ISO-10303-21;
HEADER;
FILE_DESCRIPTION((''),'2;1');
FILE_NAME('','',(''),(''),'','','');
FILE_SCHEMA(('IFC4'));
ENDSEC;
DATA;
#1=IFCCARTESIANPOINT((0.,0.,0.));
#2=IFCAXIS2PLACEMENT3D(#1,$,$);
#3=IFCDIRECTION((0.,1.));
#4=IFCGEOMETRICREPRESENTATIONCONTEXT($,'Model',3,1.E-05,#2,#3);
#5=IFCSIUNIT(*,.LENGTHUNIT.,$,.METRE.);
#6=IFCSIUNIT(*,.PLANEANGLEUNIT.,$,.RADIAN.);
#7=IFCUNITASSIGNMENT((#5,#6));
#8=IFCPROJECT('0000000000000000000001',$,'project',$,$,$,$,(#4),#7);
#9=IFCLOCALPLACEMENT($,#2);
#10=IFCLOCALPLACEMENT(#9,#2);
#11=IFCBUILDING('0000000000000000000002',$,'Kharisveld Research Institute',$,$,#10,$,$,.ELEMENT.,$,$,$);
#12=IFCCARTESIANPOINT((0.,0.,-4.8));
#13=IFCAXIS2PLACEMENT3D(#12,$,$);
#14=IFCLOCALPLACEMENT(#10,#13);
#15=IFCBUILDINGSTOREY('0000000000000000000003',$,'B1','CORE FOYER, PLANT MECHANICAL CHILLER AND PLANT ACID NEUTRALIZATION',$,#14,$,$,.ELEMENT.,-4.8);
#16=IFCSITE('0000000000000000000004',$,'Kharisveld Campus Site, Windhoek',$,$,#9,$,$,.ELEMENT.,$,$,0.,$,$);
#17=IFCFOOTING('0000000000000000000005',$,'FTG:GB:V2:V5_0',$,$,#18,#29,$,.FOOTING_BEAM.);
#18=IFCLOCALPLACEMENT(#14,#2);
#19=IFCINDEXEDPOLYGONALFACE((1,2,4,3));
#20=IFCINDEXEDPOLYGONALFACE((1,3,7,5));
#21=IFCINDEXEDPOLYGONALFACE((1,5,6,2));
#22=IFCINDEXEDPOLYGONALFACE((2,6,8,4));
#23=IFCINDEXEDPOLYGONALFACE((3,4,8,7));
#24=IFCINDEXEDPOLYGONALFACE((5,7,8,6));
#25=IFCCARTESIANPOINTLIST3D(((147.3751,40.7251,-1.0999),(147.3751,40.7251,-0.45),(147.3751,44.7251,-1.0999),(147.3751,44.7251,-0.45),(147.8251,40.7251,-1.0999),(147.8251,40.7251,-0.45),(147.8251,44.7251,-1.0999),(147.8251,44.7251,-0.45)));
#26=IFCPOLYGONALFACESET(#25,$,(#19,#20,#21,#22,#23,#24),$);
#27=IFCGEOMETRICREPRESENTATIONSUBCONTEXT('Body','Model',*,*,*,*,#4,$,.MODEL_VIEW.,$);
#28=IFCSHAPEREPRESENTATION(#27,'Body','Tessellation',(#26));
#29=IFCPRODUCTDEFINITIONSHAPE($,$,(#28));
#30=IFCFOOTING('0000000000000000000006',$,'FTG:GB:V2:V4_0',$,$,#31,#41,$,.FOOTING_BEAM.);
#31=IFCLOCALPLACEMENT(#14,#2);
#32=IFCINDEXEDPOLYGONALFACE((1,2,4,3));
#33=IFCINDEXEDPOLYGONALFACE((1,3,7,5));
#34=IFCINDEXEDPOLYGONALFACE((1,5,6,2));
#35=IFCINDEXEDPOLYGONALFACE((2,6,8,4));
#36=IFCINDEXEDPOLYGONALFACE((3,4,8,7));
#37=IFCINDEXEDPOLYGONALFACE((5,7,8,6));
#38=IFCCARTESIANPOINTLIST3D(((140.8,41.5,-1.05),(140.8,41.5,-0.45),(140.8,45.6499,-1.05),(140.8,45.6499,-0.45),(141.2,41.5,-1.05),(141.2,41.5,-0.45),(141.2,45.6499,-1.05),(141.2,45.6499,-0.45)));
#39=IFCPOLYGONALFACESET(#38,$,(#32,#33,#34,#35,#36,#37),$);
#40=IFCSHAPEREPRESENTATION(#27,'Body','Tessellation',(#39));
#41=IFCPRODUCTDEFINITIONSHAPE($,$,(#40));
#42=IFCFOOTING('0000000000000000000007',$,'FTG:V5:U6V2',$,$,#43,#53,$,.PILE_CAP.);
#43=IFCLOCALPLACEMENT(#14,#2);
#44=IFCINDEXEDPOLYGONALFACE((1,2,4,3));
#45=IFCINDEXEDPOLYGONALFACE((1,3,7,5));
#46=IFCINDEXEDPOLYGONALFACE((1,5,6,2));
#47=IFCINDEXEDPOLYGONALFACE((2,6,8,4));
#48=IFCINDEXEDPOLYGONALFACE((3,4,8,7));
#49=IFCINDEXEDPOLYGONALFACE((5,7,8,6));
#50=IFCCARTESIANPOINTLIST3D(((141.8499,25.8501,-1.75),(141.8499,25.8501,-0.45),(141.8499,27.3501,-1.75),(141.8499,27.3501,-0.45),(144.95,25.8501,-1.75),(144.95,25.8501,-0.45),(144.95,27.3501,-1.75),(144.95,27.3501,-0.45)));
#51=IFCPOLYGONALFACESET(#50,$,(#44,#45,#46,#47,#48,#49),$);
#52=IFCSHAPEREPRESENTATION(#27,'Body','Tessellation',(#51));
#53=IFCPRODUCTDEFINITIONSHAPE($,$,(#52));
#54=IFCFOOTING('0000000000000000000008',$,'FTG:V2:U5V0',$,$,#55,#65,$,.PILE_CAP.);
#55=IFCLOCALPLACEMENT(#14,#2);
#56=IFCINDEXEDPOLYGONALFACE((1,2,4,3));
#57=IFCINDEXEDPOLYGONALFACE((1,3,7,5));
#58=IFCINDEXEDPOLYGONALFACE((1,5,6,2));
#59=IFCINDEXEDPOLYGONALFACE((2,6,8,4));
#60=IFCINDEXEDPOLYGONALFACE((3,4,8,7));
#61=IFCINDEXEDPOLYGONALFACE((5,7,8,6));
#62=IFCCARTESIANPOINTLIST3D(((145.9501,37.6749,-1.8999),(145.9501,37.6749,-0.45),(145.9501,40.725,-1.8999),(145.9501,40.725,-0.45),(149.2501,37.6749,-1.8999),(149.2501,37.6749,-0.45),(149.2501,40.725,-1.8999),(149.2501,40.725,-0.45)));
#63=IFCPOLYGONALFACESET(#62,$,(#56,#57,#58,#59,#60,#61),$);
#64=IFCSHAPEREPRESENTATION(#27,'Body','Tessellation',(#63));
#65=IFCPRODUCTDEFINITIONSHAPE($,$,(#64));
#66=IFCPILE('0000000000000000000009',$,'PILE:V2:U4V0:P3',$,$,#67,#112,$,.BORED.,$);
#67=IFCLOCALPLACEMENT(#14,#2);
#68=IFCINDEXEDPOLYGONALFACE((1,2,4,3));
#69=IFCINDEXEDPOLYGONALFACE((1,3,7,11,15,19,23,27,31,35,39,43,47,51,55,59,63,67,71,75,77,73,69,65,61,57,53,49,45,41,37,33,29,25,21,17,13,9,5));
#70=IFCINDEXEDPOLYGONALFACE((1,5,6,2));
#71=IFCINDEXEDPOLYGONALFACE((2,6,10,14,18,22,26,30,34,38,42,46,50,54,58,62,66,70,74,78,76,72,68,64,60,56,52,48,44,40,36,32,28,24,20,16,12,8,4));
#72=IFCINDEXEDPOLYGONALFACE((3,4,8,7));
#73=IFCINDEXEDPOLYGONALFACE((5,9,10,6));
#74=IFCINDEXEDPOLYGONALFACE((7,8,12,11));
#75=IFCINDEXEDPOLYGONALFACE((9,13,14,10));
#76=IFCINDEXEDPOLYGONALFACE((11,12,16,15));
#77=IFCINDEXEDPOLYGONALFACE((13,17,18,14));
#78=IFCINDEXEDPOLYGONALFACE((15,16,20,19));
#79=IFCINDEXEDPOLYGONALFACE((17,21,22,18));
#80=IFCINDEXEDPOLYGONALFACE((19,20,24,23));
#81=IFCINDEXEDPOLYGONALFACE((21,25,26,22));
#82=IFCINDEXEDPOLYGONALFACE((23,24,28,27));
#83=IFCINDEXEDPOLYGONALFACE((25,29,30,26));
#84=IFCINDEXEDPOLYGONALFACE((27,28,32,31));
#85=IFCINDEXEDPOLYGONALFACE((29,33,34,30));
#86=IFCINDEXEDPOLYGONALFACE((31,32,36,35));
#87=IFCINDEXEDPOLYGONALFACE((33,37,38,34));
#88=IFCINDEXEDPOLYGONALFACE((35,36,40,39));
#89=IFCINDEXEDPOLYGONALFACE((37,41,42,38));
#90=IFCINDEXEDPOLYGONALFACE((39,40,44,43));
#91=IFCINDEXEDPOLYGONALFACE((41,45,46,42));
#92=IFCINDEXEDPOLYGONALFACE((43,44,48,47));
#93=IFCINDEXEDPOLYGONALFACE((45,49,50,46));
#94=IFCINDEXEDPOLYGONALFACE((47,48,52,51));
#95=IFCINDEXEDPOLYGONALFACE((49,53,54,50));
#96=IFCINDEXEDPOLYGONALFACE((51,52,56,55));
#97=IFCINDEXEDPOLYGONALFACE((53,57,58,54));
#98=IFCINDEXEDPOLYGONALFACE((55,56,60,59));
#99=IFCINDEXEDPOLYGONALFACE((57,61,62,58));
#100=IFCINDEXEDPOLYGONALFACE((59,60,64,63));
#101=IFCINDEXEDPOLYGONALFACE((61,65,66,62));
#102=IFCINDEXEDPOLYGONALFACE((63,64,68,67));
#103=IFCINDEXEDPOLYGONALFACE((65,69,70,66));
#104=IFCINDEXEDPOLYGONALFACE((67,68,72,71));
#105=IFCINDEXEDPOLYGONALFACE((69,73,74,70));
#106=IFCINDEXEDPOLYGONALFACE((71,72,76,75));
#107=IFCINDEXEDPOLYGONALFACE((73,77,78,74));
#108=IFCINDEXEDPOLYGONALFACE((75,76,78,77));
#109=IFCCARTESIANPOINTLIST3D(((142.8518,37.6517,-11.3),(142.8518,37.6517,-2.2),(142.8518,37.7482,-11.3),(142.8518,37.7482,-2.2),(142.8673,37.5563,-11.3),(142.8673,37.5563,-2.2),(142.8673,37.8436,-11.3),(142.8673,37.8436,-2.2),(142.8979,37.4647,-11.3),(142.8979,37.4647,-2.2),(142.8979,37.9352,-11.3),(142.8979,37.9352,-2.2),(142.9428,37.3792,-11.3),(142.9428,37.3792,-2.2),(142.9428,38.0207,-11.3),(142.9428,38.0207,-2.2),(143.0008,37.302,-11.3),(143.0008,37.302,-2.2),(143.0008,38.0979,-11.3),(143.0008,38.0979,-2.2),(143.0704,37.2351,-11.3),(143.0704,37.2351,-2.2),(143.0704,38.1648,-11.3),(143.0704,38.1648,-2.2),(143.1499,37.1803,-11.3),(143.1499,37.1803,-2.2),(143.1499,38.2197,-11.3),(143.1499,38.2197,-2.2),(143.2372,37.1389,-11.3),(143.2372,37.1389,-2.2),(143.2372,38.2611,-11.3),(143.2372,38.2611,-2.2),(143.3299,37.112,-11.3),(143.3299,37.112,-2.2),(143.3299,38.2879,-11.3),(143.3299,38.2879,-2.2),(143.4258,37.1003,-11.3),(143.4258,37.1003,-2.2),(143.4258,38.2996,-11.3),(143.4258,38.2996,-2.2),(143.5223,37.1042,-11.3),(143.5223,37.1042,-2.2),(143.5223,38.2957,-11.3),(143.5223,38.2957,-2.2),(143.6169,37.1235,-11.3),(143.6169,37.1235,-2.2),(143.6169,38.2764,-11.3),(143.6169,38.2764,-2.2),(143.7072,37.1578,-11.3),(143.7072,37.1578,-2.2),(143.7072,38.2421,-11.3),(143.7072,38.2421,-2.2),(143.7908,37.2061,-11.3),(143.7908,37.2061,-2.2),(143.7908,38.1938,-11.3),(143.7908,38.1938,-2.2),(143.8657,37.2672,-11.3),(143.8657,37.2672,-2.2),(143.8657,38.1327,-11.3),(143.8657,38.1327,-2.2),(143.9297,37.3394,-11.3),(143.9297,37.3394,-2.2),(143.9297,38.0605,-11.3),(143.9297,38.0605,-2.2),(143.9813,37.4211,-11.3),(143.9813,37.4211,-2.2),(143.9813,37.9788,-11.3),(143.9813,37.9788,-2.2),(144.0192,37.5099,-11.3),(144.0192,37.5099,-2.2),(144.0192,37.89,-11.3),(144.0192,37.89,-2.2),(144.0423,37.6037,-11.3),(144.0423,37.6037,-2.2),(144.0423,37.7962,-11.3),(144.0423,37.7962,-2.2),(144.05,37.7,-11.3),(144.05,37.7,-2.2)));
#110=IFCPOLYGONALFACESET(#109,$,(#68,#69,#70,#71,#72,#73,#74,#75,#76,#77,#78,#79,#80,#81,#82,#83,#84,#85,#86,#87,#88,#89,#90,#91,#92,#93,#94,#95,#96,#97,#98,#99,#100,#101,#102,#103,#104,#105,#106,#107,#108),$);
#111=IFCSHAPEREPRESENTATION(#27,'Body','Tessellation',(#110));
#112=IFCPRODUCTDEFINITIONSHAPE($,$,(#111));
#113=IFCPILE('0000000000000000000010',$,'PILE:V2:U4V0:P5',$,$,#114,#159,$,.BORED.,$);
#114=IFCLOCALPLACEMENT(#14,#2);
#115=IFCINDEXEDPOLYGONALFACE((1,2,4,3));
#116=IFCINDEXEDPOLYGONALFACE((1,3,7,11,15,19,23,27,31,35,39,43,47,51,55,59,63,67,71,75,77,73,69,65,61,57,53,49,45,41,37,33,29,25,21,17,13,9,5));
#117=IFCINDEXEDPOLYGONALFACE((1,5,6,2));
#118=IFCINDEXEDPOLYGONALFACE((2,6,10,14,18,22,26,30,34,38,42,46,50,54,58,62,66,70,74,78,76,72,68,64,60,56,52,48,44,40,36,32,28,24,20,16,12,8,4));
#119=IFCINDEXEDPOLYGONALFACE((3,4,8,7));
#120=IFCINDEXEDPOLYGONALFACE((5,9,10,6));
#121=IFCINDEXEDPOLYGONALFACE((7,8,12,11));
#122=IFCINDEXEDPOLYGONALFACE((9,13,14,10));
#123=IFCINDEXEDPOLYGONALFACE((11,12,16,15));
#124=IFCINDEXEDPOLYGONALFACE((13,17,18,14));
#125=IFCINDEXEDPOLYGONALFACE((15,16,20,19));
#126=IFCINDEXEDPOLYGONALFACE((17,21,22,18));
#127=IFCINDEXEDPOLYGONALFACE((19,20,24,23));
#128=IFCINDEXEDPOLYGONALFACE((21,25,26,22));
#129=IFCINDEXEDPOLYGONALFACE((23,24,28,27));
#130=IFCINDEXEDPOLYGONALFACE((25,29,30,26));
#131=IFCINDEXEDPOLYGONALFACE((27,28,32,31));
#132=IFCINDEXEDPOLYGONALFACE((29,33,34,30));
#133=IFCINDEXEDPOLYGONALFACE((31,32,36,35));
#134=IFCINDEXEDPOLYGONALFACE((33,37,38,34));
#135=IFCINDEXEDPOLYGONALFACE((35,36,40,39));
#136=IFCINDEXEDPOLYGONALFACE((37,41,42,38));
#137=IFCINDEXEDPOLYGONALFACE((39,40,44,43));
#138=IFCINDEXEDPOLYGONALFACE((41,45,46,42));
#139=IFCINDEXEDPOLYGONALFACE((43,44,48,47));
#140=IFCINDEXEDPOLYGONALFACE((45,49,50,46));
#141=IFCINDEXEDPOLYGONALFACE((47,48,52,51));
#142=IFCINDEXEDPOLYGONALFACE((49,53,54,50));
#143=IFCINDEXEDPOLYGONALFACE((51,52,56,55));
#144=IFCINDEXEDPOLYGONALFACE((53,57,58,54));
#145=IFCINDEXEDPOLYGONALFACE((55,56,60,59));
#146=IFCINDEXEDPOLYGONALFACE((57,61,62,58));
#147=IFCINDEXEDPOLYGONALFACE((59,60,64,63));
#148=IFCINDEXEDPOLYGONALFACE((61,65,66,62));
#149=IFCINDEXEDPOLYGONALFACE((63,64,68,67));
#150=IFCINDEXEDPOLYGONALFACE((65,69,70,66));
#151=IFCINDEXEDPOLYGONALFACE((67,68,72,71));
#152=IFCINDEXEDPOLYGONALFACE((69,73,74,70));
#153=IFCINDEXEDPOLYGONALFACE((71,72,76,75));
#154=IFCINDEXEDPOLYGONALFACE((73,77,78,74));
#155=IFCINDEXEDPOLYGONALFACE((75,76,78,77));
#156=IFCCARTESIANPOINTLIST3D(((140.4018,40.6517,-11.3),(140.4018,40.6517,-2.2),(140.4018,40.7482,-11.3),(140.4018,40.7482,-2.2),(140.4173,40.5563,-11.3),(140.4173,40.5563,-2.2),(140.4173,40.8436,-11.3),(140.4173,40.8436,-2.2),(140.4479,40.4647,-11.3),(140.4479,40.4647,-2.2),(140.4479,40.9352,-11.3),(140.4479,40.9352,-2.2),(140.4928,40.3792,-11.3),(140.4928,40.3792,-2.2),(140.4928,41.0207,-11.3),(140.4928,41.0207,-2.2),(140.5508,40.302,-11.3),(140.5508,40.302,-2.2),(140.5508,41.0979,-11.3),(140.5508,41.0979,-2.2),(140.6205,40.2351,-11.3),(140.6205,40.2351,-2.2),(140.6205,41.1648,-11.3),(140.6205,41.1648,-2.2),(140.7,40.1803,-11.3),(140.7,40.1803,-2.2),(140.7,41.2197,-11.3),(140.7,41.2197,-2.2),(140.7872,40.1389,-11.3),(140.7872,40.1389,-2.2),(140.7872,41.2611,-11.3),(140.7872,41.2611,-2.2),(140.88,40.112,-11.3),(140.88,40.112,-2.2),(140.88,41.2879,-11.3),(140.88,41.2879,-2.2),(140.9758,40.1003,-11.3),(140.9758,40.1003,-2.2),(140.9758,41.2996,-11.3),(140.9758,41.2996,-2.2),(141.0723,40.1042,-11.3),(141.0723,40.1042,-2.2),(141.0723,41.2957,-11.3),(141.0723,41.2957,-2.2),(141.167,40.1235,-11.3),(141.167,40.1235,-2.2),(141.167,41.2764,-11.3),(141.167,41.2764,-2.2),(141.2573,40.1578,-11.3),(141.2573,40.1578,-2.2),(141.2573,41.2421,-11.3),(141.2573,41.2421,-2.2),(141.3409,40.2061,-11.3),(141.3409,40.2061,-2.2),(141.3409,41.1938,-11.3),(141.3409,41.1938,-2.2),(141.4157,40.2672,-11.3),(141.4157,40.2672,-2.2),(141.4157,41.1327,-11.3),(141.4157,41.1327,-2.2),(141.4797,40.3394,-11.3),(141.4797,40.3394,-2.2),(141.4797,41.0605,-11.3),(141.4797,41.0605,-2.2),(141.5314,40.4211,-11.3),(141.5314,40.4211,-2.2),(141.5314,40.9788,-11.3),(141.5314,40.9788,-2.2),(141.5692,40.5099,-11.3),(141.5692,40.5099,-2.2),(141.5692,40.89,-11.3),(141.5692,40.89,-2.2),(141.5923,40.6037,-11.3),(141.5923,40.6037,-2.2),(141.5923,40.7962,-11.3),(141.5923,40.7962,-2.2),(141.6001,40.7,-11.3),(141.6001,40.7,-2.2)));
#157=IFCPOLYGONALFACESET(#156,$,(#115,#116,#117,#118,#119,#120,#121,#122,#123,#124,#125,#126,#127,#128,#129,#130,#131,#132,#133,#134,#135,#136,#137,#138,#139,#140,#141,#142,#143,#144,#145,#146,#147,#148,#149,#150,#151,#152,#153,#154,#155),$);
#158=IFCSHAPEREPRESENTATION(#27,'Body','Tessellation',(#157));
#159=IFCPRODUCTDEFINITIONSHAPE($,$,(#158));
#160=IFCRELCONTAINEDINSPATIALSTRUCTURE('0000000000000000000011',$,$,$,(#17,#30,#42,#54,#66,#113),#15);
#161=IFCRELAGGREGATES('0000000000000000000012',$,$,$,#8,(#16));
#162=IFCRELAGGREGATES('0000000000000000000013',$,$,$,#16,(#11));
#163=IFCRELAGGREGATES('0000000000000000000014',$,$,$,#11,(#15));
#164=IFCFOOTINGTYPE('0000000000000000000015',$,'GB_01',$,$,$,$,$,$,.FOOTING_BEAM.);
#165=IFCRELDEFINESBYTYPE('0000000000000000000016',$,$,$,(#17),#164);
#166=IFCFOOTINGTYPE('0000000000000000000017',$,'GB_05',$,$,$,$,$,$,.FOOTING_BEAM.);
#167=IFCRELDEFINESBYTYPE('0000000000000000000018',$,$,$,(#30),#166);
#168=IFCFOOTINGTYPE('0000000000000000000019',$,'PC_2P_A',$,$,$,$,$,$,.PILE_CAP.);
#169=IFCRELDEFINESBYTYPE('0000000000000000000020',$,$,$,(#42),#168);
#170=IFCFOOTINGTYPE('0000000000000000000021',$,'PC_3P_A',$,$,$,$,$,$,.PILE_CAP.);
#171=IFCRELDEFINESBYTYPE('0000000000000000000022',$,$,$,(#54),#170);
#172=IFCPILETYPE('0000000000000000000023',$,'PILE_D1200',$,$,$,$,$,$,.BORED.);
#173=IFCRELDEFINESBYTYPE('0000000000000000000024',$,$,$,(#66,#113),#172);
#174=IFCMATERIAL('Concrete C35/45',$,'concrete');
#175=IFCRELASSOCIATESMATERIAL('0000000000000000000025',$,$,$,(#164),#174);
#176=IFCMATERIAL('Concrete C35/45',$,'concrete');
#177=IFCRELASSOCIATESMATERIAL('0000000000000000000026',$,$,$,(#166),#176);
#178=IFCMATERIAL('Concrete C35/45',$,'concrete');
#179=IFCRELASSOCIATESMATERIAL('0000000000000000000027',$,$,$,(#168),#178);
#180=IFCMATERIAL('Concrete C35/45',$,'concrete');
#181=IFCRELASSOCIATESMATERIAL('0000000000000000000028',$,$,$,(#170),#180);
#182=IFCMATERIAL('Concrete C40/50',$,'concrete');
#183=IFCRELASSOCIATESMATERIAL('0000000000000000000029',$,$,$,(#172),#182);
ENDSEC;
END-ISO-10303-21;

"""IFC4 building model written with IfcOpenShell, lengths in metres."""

from ifc_helpers import new_model, si_unit, direction, frame, origin, origin_2d, place, context, subcontext, project, spatial, rectangle, circle, extrude, material, material_profile, profile_set, type_object, element, save


model = new_model("IFC4")

# Units and contexts
model_context = context("Model", 3, precision=1e-05, world=origin(), true_north=direction((0.0, 1.0)))
body_context = subcontext(model_context, "Body", "Model", "MODEL_VIEW")
ifc_project = project(units=[si_unit("LENGTHUNIT", "METRE"), si_unit("PLANEANGLEUNIT", "RADIAN")], contexts=[model_context])

# Site, building, storey
site_placement = place(None, origin())
site = spatial("IfcSite", under=ifc_project, at=site_placement, Name="Kharisveld Campus Site, Windhoek", CompositionType="ELEMENT", RefElevation=0.0)
building_placement = place(site_placement, origin())
building = spatial("IfcBuilding", under=site, at=building_placement, Name="Kharisveld Research Institute", CompositionType="ELEMENT")
storey_placement = place(building_placement, frame((0.0, 0.0, -4.8)))
storey = spatial("IfcBuildingStorey", under=building, at=storey_placement, Name="B1", Description="CORE FOYER, PLANT MECHANICAL CHILLER AND PLANT ACID NEUTRALIZATION", CompositionType="ELEMENT", Elevation=-4.8)

# Footings
ifc_material_1 = material(Name="Concrete C35/45", Category="concrete")
ifc_material_profile_1 = material_profile(ifc_material_1, rectangle(XDim=0.45, YDim=0.6499, at=origin_2d()))
ifc_profile_set_1 = profile_set([ifc_material_profile_1], Name="Concrete C35/45")
footing_type_1 = type_object("IfcFootingType", Name="GB_01", PredefinedType="FOOTING_BEAM", material=ifc_profile_set_1)
footing_1_placement = place(storey_placement, frame((147.6001, 40.7251, -0.7749), z_axis=(0.0, 1.0, 0.0), x_axis=(-1.0, 0.0, 0.0)))
element("IfcFooting", 1, at=footing_1_placement, inside=storey, type_object=footing_type_1, Name="FTG:GB:V2:V5_0", PredefinedType="FOOTING_BEAM", context=body_context, shape_type="SweptSolid", body=[
    extrude(rectangle(XDim=0.45, YDim=0.6499, at=origin_2d()), origin(), (0.0, 0.0, 1.0), 4.0),
])
ifc_material_2 = material(Name="Concrete C35/45", Category="concrete")
ifc_material_profile_2 = material_profile(ifc_material_2, rectangle(XDim=0.3999, YDim=0.6001, at=origin_2d()))
ifc_profile_set_2 = profile_set([ifc_material_profile_2], Name="Concrete C35/45")
footing_type_2 = type_object("IfcFootingType", Name="GB_05", PredefinedType="FOOTING_BEAM", material=ifc_profile_set_2)
footing_2_placement = place(storey_placement, frame((141.0, 41.5, -0.75), z_axis=(0.0, 1.0, 0.0), x_axis=(-1.0, 0.0, 0.0)))
element("IfcFooting", 2, at=footing_2_placement, inside=storey, type_object=footing_type_2, Name="FTG:GB:V2:V4_0", PredefinedType="FOOTING_BEAM", context=body_context, shape_type="SweptSolid", body=[
    extrude(rectangle(XDim=0.3999, YDim=0.6001, at=origin_2d()), origin(), (0.0, 0.0, 1.0), 4.1499),
])
ifc_material_3 = material(Name="Concrete C35/45", Category="concrete")
footing_type_3 = type_object("IfcFootingType", Name="PC_2P_A", PredefinedType="PILE_CAP", material=ifc_material_3)
footing_3_placement = place(storey_placement, frame((143.3999, 26.6001, -1.75), z_axis=(0.0, 0.0, 1.0), x_axis=(1.0, 0.0, 0.0)))
element("IfcFooting", 3, at=footing_3_placement, inside=storey, type_object=footing_type_3, Name="FTG:V5:U6V2", PredefinedType="PILE_CAP", context=body_context, shape_type="SweptSolid", body=[
    extrude(rectangle(XDim=3.1001, YDim=1.5, at=origin_2d()), origin(), (0.0, 0.0, 1.0), 1.3),
])
ifc_material_4 = material(Name="Concrete C35/45", Category="concrete")
footing_type_4 = type_object("IfcFootingType", Name="PC_3P_A", PredefinedType="PILE_CAP", material=ifc_material_4)
footing_4_placement = place(storey_placement, frame((147.6001, 39.2, -1.8999), z_axis=(0.0, 0.0, 1.0), x_axis=(1.0, 0.0, 0.0)))
element("IfcFooting", 4, at=footing_4_placement, inside=storey, type_object=footing_type_4, Name="FTG:V2:U5V0", PredefinedType="PILE_CAP", context=body_context, shape_type="SweptSolid", body=[
    extrude(rectangle(XDim=3.3, YDim=3.05, at=origin_2d()), origin(), (0.0, 0.0, 1.0), 1.45),
])

# Piles
ifc_material_5 = material(Name="Concrete C40/50", Category="concrete")
ifc_material_profile_3 = material_profile(ifc_material_5, circle(Radius=0.6001, at=origin_2d()))
ifc_profile_set_3 = profile_set([ifc_material_profile_3], Name="Concrete C40/50")
pile_type_1 = type_object("IfcPileType", Name="PILE_D1200", PredefinedType="BORED", material=ifc_profile_set_3)
for number, where, z_axis, x_axis, name in (
    (5, (143.45, 37.7, -2.2), (0.0, 0.0, -1.0), (1.0, 0.0, 0.0), "PILE:V2:U4V0:P3"),
    (6, (141.0, 40.7, -2.2), (0.0, 0.0, -1.0), (1.0, 0.0, 0.0), "PILE:V2:U4V0:P5"),
):
    element("IfcPile", number, at=place(storey_placement, frame(where, z_axis=z_axis, x_axis=x_axis)), inside=storey, type_object=pile_type_1, Name=name, PredefinedType="BORED", context=body_context, shape_type="SweptSolid", body=[
        extrude(circle(Radius=0.6001, at=origin_2d()), origin(), (0.0, 0.0, 1.0), 9.1001),
    ])

save(model, "model.ifc")
